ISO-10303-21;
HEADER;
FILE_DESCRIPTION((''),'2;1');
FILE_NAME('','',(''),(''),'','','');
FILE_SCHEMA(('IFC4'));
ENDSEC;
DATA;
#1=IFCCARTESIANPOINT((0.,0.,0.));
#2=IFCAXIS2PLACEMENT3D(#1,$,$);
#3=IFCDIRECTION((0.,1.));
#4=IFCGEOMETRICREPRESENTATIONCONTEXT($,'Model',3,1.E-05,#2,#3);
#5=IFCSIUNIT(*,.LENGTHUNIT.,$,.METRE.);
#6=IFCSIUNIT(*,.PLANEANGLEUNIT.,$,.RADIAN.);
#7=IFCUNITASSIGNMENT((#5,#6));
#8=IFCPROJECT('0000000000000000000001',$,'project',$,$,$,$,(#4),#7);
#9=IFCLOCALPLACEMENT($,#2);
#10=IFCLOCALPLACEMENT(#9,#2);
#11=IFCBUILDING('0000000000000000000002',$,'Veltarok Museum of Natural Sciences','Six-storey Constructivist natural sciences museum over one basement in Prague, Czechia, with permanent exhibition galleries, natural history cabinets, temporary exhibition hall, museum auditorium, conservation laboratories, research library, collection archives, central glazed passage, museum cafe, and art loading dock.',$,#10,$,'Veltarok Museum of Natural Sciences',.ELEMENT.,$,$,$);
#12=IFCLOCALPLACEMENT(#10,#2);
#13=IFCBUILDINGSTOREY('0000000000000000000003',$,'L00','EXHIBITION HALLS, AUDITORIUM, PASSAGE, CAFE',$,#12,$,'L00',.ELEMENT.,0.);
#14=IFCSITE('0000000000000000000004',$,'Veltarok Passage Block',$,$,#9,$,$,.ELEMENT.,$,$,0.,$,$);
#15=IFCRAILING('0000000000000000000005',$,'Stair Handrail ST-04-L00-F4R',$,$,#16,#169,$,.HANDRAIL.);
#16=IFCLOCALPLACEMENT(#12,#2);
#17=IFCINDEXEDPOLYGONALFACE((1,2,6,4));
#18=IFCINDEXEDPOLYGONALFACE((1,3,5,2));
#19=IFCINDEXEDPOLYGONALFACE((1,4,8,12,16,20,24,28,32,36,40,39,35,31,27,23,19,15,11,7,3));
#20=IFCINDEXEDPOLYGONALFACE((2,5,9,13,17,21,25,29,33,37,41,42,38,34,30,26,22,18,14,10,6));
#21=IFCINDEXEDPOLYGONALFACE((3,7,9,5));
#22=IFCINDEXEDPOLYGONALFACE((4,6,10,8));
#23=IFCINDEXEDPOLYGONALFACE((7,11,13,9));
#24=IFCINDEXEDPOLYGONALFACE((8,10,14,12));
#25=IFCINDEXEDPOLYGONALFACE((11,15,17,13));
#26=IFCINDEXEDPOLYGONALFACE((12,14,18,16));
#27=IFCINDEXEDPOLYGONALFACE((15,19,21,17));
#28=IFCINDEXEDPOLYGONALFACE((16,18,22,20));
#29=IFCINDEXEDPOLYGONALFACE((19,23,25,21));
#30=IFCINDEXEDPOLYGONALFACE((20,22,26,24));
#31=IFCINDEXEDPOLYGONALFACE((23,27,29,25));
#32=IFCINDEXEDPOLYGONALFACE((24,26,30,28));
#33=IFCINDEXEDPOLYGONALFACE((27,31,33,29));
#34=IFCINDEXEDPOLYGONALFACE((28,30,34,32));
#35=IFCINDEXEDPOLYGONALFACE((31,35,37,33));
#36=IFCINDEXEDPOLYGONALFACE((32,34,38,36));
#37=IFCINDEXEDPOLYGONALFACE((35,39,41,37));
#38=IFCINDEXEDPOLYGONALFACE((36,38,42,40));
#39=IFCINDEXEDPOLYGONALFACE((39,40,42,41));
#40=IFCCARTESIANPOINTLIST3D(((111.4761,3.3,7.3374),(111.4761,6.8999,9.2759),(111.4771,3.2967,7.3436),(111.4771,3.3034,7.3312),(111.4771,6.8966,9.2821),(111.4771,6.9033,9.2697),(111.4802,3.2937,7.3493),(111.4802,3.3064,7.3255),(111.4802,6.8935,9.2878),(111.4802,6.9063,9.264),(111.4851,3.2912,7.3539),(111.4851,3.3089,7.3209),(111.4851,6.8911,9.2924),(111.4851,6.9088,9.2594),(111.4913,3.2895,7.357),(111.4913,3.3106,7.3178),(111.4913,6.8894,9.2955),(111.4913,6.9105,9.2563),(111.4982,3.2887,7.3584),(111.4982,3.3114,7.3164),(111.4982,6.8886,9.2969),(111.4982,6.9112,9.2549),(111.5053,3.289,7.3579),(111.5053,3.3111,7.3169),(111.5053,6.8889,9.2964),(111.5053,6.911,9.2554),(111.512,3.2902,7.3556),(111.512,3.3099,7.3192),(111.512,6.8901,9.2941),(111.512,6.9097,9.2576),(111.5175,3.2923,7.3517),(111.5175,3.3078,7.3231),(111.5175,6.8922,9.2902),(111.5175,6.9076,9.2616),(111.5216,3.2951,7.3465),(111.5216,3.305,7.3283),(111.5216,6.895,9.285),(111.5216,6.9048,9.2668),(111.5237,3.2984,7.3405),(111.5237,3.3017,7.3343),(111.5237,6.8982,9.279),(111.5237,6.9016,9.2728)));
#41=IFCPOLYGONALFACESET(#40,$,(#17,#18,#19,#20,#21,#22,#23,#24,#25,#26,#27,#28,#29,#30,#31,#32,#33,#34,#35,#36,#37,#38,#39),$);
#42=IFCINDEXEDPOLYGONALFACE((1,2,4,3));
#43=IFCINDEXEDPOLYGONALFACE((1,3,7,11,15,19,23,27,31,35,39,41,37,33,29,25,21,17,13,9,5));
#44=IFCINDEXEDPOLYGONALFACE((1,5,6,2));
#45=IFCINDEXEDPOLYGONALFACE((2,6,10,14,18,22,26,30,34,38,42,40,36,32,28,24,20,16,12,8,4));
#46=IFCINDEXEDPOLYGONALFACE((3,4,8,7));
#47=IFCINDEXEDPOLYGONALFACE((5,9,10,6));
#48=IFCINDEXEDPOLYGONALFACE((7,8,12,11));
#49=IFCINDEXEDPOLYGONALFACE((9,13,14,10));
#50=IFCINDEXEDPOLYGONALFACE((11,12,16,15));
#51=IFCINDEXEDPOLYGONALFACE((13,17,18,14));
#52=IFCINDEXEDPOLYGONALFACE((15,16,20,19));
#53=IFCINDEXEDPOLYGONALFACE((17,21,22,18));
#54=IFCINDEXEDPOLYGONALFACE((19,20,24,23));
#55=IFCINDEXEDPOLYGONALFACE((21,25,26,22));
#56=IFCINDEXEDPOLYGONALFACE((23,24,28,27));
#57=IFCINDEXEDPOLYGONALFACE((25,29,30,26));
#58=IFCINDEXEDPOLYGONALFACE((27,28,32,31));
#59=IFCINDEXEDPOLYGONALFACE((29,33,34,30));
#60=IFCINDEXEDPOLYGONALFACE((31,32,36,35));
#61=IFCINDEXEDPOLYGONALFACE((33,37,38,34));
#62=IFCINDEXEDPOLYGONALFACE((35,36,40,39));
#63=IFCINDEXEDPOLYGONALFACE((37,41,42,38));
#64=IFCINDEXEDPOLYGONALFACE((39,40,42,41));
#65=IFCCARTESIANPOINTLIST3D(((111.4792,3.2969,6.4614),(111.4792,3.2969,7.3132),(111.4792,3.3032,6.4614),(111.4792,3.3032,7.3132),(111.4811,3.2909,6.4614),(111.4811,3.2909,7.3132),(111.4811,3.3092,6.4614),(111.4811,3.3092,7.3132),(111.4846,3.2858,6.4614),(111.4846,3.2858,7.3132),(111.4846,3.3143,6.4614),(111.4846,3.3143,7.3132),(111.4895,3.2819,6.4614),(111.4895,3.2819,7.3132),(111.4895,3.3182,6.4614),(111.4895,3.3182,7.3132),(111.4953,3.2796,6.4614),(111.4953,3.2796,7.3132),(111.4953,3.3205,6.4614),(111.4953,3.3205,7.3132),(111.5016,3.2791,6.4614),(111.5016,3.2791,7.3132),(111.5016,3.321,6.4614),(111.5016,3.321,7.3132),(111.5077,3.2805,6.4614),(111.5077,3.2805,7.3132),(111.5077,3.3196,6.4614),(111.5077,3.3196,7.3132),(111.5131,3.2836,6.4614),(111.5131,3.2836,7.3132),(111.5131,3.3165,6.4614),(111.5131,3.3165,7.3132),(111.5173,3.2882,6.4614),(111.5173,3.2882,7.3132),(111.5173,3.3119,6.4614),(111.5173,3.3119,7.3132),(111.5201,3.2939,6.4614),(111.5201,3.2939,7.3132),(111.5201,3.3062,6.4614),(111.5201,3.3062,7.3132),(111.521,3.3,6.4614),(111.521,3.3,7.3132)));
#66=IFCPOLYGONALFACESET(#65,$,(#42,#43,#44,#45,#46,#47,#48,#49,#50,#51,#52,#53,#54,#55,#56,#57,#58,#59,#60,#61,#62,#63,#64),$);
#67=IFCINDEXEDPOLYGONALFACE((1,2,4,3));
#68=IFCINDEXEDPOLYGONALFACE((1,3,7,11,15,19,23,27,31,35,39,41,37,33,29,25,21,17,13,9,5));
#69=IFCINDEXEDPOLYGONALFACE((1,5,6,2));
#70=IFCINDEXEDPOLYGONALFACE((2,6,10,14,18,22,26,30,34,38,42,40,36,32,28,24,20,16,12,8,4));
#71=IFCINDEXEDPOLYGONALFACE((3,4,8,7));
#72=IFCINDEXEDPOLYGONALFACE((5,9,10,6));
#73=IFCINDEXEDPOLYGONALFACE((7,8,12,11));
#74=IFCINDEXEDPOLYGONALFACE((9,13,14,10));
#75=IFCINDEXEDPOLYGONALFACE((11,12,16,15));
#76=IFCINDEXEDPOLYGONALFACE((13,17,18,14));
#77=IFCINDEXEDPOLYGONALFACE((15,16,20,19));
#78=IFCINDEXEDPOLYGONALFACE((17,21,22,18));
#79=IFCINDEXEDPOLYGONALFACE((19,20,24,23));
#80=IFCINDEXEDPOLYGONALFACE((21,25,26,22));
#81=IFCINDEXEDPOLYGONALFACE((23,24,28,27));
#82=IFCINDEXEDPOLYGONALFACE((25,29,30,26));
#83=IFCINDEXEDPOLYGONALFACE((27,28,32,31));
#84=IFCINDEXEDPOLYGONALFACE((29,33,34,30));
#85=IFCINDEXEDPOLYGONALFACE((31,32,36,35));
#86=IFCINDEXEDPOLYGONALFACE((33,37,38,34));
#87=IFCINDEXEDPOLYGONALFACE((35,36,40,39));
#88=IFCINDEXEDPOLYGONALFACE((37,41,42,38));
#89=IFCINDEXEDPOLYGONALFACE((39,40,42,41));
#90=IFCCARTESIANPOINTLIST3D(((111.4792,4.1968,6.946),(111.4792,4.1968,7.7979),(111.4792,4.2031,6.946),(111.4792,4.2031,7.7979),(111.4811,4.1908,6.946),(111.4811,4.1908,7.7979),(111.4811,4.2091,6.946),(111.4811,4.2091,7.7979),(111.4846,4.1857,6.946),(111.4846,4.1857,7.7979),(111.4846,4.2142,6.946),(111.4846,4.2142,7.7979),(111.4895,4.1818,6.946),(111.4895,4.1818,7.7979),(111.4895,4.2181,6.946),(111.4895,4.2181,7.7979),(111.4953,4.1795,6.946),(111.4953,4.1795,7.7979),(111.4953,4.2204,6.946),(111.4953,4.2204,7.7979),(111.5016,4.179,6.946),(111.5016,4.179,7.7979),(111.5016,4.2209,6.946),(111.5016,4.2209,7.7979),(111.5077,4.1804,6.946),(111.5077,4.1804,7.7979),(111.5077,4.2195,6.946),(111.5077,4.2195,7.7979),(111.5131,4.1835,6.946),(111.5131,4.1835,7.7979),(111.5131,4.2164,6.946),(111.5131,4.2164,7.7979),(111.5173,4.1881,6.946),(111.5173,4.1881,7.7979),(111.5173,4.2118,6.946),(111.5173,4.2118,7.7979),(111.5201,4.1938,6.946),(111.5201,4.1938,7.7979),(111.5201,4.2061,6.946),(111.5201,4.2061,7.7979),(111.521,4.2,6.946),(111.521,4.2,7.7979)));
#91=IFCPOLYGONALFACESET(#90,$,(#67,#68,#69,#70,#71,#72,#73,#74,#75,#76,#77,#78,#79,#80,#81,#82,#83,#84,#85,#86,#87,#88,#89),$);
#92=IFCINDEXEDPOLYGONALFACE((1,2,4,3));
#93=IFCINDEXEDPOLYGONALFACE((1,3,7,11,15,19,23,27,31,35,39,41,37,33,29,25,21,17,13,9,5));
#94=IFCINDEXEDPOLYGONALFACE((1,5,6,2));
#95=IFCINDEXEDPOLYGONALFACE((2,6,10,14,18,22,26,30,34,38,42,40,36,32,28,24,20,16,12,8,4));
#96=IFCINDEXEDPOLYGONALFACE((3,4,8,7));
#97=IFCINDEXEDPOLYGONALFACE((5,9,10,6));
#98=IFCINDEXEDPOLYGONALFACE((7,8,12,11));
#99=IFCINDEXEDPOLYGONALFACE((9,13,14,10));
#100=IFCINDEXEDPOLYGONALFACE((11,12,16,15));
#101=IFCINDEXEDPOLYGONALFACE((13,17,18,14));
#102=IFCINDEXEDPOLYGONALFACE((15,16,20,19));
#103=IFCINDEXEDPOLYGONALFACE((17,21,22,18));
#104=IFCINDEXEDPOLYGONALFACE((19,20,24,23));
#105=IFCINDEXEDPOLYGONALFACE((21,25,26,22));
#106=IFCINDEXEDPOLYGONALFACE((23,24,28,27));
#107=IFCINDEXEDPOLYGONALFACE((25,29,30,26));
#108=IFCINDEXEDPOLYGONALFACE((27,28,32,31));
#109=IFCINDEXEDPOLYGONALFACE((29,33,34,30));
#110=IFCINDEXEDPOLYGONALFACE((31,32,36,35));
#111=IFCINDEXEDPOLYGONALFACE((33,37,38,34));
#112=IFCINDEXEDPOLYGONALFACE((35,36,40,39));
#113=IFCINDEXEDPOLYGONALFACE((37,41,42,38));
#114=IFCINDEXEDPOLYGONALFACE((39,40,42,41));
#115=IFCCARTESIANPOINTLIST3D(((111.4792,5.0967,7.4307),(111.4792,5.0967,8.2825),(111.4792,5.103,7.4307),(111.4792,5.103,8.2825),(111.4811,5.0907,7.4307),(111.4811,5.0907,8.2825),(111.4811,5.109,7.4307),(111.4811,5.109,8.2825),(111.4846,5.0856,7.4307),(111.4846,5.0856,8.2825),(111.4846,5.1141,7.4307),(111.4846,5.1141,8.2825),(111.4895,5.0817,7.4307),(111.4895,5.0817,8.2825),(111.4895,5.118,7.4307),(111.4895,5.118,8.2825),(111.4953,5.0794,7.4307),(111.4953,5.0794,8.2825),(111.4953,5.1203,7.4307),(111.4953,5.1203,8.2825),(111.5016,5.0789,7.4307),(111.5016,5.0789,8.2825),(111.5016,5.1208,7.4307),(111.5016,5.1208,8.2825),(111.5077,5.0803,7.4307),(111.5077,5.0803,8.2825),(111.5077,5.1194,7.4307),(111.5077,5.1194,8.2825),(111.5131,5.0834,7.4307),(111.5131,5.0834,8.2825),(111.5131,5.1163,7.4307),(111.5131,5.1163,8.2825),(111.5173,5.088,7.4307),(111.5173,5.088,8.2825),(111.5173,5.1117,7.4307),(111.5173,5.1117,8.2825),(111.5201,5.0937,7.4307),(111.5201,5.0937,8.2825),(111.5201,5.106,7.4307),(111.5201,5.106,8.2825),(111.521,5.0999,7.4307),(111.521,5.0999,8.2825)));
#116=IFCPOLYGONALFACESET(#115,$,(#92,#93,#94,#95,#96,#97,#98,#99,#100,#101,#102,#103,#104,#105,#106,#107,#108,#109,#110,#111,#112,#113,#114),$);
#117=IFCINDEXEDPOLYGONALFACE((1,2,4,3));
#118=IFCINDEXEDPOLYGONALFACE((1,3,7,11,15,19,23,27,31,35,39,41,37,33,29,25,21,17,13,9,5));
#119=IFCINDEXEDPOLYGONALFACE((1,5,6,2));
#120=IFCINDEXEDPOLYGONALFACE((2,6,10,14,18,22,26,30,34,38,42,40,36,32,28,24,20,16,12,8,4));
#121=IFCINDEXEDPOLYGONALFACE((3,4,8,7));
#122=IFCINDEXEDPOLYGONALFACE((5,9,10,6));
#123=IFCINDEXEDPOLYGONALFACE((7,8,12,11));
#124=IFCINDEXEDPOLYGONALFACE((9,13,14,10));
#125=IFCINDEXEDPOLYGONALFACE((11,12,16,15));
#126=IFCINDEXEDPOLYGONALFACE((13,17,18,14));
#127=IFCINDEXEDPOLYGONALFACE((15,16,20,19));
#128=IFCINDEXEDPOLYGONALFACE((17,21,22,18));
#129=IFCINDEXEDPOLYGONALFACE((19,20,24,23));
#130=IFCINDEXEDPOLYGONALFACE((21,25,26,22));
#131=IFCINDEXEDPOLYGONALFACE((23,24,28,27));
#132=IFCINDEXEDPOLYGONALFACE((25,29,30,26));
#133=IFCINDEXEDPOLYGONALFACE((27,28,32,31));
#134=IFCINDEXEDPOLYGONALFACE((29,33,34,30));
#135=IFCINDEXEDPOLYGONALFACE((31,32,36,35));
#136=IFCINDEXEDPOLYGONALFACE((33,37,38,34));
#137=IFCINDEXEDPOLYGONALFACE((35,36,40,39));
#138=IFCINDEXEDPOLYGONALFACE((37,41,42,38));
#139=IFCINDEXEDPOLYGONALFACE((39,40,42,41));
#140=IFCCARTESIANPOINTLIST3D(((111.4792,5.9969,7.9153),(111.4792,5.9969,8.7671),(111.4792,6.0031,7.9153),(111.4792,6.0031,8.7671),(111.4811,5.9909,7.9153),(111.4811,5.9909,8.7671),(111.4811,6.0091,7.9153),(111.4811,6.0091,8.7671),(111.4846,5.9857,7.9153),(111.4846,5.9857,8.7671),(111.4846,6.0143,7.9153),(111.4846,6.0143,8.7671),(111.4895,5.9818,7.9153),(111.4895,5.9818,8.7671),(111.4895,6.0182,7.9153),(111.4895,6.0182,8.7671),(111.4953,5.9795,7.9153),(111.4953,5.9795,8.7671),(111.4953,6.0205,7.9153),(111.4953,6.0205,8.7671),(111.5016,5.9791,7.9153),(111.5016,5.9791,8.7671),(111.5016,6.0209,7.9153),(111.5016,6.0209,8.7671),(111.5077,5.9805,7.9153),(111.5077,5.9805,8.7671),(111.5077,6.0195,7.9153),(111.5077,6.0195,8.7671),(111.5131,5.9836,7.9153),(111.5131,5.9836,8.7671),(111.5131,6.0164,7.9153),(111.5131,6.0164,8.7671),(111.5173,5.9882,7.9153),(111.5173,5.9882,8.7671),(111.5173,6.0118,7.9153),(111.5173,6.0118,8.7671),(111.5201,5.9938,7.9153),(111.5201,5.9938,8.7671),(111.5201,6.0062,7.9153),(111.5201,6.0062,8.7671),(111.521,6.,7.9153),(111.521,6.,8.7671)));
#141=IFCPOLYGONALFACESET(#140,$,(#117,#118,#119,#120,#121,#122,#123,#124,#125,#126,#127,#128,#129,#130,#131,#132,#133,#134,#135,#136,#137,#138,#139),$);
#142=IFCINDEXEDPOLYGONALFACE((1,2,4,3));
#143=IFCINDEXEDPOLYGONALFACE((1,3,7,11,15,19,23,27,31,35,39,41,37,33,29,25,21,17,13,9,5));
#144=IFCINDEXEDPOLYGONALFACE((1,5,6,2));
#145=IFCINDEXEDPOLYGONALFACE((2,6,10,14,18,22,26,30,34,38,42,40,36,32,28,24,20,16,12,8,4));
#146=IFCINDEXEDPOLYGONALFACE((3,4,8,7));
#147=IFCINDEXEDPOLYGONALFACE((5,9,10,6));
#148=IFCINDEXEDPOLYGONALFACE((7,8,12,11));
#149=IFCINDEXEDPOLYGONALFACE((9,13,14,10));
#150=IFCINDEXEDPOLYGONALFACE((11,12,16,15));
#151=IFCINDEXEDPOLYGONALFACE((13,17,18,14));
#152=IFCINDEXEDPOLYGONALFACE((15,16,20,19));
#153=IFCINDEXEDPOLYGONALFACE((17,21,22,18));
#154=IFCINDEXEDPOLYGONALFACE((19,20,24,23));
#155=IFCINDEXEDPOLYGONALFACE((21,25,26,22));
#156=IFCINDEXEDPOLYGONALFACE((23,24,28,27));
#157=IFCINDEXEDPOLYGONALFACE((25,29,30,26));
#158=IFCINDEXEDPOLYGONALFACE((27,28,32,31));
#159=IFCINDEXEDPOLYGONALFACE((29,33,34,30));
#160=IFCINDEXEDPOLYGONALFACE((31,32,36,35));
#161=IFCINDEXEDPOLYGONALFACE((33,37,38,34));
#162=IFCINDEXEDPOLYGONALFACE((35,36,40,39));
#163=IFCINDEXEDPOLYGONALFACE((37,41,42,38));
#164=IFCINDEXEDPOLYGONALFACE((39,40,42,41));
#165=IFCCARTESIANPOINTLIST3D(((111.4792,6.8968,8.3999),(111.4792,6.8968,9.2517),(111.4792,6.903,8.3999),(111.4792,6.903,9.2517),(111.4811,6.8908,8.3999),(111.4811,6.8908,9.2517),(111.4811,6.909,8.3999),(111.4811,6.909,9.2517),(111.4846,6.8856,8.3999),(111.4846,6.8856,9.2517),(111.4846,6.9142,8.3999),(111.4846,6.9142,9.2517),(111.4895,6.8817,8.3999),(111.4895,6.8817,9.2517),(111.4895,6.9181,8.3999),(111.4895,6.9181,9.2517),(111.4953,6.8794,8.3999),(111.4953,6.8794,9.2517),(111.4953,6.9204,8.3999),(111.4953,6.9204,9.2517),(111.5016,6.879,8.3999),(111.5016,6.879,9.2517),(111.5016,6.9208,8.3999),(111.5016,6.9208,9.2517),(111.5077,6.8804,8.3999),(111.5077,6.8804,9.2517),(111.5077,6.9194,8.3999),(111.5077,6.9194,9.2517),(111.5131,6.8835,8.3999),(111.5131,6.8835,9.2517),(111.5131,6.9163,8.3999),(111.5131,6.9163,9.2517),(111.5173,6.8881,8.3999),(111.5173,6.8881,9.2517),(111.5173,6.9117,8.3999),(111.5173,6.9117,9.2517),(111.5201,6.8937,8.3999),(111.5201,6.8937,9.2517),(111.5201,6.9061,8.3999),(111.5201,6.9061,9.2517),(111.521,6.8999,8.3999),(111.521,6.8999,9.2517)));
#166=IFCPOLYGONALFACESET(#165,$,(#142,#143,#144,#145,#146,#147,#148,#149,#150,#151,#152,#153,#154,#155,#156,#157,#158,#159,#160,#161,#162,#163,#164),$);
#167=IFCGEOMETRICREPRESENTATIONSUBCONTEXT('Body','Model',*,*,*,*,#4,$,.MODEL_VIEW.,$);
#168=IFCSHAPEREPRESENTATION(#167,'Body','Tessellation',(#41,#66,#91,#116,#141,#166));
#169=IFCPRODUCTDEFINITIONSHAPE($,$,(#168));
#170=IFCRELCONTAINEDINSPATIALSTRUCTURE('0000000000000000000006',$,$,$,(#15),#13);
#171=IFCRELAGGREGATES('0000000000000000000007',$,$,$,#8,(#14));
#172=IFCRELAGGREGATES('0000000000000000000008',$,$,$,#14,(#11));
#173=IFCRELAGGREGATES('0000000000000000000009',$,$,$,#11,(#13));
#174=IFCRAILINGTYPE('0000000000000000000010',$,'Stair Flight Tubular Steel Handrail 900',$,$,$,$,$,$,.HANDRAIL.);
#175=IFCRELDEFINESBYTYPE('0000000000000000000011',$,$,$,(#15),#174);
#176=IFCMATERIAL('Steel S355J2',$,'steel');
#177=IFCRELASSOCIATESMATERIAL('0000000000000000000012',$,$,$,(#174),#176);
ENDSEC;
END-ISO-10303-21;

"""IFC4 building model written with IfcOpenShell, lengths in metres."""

from ifc_helpers import new_model, si_unit, direction, frame, origin, origin_2d, place, context, subcontext, project, spatial, circle, extrude, material, type_object, element, save


model = new_model("IFC4")

# Units and contexts
model_context = context("Model", 3, precision=1e-05, world=origin(), true_north=direction((0.0, 1.0)))
body_context = subcontext(model_context, "Body", "Model", "MODEL_VIEW")
ifc_project = project(units=[si_unit("LENGTHUNIT", "METRE"), si_unit("PLANEANGLEUNIT", "RADIAN")], contexts=[model_context])

# Site, building, storey
site_placement = place(None, origin())
site = spatial("IfcSite", under=ifc_project, at=site_placement, Name="Veltarok Passage Block", CompositionType="ELEMENT", RefElevation=0.0)
building_placement = place(site_placement, origin())
building = spatial("IfcBuilding", under=site, at=building_placement, Name="Veltarok Museum of Natural Sciences", Description="Six-storey Constructivist natural sciences museum over one basement in Prague, Czechia, with permanent exhibition galleries, natural history cabinets, temporary exhibition hall, museum auditorium, conservation laboratories, research library, collection archives, central glazed passage, museum cafe, and art loading dock.", LongName="Veltarok Museum of Natural Sciences", CompositionType="ELEMENT")
storey_placement = place(building_placement, origin())
storey = spatial("IfcBuildingStorey", under=building, at=storey_placement, Name="L00", Description="EXHIBITION HALLS, AUDITORIUM, PASSAGE, CAFE", LongName="L00", CompositionType="ELEMENT", Elevation=0.0)

# Shared definitions
ifc_material_1 = material(Name="Steel S355J2", Category="steel")

# Railing
railing_type_1 = type_object("IfcRailingType", Name="Stair Flight Tubular Steel Handrail 900", PredefinedType="HANDRAIL", material=ifc_material_1)
for number, where, name in (
    (1, (111.5, 3.3, 6.4614), "Stair Handrail ST-04-L00-F4R"),
):
    element("IfcRailing", number, at=place(storey_placement, frame(where)), inside=storey, type_object=railing_type_1, Name=name, PredefinedType="HANDRAIL", context=body_context, shape_type="SweptSolid", body=[
        extrude(circle(Radius=0.0239, at=origin_2d()), frame((0.0, 0.0, 0.876), z_axis=(0.0, 0.880462, 0.474118), x_axis=(-1.0, 0.0, 0.0)), (0.0, 0.0, 1.0), 4.0886),
        extrude(circle(Radius=0.021, at=origin_2d()), origin(), (0.0, 0.0, 1.0), 0.8518),
        extrude(circle(Radius=0.021, at=origin_2d()), frame((0.0, 0.8999, 0.4846)), (0.0, 0.0, 1.0), 0.8518),
        extrude(circle(Radius=0.021, at=origin_2d()), frame((0.0, 1.7998, 0.9692)), (0.0, 0.0, 1.0), 0.8518),
        extrude(circle(Radius=0.021, at=origin_2d()), frame((0.0, 2.7, 1.4539)), (0.0, 0.0, 1.0), 0.8518),
        extrude(circle(Radius=0.021, at=origin_2d()), frame((0.0, 3.5999, 1.9385)), (0.0, 0.0, 1.0), 0.8518),
    ])

save(model, "model.ifc")
